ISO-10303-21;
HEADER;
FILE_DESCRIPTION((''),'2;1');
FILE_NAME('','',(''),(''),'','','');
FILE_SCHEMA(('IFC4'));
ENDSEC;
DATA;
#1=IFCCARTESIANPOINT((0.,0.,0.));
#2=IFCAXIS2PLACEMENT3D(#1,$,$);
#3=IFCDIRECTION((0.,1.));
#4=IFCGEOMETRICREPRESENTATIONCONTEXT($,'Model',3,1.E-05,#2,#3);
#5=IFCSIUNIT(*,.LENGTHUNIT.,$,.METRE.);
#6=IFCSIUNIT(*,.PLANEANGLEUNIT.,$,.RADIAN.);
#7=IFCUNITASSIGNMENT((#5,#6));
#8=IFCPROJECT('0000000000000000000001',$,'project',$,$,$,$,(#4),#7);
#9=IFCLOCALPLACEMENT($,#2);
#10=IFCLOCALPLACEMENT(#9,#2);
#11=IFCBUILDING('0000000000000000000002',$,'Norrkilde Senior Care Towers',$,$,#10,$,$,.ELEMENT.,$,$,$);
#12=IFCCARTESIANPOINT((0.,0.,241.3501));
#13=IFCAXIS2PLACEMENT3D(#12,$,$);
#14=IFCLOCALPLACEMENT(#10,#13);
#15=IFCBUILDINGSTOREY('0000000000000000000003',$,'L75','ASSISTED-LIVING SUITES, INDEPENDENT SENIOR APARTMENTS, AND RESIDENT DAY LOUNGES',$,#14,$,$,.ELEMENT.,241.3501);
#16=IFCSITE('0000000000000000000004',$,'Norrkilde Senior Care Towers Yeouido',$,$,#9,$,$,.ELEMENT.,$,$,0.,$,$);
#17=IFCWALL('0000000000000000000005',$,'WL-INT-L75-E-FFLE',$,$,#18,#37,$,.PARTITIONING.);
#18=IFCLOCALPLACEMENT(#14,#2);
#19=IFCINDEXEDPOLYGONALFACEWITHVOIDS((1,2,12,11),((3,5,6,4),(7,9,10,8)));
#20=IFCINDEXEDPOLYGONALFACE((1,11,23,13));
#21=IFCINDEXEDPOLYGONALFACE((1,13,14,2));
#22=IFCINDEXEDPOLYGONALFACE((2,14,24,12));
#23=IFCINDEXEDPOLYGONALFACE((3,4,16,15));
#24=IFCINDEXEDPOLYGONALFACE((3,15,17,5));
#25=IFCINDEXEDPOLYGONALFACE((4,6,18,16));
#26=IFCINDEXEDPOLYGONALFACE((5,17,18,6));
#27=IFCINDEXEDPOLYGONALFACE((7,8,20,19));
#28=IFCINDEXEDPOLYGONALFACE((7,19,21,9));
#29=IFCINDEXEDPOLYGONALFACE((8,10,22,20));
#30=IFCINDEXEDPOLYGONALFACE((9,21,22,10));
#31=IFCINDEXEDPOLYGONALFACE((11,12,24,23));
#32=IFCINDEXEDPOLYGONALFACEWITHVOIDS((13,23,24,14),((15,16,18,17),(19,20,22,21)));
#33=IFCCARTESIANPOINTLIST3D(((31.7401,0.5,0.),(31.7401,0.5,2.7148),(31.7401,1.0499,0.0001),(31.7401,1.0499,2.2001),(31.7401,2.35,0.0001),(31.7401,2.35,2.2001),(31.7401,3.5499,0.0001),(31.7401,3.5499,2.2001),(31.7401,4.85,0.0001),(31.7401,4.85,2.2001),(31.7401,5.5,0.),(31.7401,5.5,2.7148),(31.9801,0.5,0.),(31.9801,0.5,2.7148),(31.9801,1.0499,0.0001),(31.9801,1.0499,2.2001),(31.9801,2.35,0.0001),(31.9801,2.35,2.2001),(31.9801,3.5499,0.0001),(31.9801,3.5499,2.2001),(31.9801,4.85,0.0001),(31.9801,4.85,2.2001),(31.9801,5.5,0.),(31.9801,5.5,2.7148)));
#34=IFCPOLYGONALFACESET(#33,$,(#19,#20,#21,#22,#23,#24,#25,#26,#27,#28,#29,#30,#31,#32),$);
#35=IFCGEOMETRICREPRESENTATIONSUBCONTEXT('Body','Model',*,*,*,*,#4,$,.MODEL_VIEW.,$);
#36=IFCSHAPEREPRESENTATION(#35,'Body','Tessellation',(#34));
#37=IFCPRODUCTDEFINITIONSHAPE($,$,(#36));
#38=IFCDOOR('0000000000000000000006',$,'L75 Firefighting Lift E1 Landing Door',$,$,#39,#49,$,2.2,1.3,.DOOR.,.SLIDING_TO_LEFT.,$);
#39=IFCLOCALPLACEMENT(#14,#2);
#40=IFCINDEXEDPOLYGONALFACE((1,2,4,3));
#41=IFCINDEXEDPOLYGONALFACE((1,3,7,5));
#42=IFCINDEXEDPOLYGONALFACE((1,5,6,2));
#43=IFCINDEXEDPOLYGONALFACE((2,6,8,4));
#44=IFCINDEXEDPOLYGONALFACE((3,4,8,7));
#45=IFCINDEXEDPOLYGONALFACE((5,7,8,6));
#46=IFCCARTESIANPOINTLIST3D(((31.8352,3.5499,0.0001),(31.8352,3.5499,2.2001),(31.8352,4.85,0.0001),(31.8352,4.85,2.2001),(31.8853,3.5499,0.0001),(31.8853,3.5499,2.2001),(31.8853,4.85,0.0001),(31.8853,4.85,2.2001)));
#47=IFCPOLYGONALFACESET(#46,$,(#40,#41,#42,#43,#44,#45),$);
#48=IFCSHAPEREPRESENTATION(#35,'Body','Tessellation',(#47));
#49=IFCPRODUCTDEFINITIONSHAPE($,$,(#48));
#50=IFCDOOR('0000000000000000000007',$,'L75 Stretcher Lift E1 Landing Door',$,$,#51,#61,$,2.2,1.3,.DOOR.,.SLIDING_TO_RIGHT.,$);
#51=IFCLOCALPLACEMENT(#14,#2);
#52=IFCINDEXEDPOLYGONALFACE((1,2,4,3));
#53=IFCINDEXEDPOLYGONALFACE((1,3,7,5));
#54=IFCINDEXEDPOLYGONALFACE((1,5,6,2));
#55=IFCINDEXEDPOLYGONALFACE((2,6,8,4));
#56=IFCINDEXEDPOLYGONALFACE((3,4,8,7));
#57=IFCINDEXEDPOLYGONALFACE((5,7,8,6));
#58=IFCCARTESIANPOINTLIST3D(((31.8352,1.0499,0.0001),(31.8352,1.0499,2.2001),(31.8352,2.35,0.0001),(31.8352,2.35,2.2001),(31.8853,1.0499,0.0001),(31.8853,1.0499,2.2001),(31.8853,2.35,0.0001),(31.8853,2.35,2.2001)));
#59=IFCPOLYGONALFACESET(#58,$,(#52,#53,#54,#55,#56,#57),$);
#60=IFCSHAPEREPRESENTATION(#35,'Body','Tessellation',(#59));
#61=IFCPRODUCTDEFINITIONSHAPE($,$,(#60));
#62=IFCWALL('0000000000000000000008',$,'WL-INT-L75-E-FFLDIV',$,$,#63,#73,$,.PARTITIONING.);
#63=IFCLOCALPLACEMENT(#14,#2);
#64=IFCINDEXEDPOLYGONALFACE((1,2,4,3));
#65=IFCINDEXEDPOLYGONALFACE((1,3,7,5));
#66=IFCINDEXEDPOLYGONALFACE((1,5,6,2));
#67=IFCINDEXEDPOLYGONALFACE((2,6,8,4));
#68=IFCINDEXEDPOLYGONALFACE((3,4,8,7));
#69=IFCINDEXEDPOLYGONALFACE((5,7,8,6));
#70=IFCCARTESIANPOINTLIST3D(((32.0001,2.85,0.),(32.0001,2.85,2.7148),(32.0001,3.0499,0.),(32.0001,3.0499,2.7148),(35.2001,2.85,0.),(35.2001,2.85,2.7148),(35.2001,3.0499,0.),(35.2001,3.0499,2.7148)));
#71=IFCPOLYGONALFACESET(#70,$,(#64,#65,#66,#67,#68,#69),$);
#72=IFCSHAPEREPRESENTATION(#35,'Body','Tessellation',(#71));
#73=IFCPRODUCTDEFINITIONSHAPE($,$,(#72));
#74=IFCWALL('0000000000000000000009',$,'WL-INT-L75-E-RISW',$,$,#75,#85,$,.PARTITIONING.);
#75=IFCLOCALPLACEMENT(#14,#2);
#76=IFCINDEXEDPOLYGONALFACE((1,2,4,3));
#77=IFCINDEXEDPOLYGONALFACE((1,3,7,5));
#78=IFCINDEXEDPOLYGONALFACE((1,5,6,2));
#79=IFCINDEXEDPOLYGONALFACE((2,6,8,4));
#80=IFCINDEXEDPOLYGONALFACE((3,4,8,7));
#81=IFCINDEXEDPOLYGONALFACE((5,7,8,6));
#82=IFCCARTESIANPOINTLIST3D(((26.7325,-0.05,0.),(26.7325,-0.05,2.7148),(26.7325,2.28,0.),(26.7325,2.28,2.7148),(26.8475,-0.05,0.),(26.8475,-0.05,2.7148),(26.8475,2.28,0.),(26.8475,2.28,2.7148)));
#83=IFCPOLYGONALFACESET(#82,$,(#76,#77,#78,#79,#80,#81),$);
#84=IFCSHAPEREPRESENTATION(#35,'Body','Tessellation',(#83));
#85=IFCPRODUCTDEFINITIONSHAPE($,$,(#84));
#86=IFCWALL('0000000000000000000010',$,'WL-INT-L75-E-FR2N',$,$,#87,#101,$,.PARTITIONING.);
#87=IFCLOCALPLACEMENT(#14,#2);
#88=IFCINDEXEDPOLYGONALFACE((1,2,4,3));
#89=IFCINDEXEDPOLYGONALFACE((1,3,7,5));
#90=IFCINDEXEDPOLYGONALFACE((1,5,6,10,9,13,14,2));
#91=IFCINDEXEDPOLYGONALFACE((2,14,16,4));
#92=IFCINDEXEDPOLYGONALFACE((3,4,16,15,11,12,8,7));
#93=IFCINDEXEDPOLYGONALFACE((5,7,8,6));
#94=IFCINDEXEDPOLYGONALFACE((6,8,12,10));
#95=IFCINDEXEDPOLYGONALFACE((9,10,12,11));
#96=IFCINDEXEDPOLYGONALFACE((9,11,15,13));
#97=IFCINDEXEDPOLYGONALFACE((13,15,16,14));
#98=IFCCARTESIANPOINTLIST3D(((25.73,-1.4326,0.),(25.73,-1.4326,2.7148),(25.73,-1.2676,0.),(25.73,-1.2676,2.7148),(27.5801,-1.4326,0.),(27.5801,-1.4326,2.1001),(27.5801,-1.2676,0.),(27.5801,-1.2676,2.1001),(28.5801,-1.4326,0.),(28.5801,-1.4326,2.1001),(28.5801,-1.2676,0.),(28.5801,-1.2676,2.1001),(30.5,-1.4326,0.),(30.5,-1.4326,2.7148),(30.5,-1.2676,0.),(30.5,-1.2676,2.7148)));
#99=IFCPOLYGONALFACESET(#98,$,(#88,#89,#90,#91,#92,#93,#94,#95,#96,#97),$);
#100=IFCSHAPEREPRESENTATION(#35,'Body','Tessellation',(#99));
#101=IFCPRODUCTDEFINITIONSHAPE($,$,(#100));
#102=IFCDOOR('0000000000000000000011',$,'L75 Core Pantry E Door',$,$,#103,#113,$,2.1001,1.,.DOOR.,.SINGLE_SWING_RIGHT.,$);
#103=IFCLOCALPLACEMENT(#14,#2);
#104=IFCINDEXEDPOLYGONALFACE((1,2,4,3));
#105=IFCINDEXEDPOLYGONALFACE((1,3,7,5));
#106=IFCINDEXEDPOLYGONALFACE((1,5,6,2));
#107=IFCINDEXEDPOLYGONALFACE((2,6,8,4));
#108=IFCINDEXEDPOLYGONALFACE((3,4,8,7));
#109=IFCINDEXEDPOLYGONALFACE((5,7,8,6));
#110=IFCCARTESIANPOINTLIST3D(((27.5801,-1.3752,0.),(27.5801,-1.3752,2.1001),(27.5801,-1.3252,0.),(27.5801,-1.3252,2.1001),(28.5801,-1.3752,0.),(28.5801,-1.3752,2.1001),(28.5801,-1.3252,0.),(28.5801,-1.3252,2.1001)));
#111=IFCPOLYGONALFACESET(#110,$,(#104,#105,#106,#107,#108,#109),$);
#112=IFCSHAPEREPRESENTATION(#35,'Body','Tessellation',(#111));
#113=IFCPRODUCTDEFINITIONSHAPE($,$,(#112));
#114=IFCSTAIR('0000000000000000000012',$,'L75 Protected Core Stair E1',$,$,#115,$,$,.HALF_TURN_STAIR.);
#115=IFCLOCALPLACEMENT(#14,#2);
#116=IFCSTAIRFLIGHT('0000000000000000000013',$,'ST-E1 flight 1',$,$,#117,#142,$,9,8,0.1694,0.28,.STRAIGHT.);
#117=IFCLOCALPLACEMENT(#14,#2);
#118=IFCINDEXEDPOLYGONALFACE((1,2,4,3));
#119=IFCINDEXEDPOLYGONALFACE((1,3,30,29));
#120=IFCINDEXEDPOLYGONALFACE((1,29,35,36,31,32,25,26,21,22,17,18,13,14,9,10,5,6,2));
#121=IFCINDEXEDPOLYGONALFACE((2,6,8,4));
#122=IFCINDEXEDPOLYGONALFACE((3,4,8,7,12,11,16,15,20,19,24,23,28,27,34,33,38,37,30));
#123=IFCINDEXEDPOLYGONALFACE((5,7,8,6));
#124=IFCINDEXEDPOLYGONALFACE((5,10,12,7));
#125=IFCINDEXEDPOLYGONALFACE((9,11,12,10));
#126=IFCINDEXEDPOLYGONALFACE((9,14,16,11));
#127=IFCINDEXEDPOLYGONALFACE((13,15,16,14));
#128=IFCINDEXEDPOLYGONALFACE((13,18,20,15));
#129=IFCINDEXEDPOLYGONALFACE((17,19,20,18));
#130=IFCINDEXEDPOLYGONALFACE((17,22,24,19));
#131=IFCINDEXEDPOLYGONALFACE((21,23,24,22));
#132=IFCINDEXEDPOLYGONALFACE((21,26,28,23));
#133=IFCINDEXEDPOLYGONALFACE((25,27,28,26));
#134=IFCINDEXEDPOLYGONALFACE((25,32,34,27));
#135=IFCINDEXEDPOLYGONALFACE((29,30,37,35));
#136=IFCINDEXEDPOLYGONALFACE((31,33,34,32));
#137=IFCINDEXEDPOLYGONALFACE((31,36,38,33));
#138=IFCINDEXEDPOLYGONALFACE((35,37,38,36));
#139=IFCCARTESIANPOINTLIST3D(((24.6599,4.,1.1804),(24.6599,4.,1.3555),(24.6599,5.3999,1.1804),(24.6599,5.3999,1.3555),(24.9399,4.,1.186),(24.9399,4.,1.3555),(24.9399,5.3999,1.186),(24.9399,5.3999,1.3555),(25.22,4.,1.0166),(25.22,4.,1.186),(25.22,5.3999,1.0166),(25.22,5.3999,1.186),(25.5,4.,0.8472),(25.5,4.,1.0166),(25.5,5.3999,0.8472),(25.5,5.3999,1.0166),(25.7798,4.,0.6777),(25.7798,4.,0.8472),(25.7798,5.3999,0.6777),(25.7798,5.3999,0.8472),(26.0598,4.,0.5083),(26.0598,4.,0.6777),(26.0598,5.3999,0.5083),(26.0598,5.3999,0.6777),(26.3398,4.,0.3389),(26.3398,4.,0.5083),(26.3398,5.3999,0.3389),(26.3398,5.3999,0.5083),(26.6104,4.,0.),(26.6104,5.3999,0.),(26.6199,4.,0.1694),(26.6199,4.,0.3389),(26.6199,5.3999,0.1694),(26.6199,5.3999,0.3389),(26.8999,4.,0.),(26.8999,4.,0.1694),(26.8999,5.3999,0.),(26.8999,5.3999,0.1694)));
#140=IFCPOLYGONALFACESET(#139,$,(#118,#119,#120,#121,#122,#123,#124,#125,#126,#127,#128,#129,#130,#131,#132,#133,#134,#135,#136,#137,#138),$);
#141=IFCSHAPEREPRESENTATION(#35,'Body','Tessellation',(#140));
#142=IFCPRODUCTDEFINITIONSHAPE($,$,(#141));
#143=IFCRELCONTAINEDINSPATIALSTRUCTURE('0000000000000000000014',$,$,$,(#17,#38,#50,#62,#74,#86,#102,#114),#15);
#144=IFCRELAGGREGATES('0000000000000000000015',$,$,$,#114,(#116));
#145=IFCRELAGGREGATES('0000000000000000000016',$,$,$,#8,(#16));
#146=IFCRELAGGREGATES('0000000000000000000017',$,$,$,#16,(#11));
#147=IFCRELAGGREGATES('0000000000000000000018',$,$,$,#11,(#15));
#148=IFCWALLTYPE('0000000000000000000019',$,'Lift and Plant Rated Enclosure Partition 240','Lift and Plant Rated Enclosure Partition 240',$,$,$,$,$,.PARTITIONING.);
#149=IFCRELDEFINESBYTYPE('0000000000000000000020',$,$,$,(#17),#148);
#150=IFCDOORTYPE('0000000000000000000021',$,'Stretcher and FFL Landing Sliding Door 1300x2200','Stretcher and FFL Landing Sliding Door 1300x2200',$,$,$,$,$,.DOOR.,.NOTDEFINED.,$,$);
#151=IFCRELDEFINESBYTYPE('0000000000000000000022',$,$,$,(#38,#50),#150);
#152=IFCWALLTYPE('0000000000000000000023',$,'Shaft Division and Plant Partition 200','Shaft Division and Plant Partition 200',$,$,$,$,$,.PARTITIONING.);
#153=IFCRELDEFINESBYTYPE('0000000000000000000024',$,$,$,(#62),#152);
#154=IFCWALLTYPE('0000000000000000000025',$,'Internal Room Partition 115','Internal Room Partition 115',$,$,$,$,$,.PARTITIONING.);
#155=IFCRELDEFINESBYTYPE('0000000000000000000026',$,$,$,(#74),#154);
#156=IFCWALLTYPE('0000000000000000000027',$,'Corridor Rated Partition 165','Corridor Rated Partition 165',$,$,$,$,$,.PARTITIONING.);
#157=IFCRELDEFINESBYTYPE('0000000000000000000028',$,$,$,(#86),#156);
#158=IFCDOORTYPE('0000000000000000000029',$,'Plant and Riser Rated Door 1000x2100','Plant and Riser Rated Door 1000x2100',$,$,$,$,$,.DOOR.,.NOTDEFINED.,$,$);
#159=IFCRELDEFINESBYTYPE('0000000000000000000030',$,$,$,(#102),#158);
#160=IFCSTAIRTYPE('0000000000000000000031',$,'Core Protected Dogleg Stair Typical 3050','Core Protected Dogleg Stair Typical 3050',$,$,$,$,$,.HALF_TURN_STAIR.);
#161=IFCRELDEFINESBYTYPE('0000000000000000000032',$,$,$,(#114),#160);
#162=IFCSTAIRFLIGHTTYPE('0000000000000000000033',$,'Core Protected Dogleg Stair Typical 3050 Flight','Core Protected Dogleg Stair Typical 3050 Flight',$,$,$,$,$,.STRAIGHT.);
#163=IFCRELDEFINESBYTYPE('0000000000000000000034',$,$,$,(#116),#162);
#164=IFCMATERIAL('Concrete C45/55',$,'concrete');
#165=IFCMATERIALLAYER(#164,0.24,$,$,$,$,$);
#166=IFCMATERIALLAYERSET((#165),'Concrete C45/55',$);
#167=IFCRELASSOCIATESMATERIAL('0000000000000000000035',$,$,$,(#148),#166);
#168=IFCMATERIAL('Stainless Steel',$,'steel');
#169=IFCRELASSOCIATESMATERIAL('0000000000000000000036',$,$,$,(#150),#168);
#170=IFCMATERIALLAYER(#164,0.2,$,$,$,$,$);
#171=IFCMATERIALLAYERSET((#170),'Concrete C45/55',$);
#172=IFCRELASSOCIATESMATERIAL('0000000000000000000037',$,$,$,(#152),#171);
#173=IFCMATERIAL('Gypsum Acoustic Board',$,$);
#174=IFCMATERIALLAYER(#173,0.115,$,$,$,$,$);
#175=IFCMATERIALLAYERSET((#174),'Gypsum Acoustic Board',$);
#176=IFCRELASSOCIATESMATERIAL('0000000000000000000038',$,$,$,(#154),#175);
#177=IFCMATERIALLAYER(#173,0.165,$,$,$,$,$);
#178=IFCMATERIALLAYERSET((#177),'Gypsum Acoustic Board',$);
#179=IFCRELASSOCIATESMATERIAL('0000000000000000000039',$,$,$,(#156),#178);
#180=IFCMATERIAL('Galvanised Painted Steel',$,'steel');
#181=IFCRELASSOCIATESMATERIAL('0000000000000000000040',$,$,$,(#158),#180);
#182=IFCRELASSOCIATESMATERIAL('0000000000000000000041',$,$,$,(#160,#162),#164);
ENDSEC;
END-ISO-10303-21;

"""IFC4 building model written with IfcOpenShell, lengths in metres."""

from ifc_helpers import new_model, si_unit, direction, frame, frame_2d, origin, place, context, subcontext, project, spatial, polyline, rectangle, outline, extrude, source, transform, mapped, material, layer, layer_set, type_object, type_shapes, element, fill, aggregate, save


model = new_model("IFC4")

# Units and contexts
model_context = context("Model", 3, precision=1e-05, world=origin(), true_north=direction((0.0, 1.0)))
body_context = subcontext(model_context, "Body", "Model", "MODEL_VIEW")
ifc_project = project(units=[si_unit("LENGTHUNIT", "METRE"), si_unit("PLANEANGLEUNIT", "RADIAN")], contexts=[model_context])

# Site, building, storey
site_placement = place(None, origin())
site = spatial("IfcSite", under=ifc_project, at=site_placement, Name="Norrkilde Senior Care Towers Yeouido", CompositionType="ELEMENT", RefElevation=0.0)
building_placement = place(site_placement, origin())
building = spatial("IfcBuilding", under=site, at=building_placement, Name="Norrkilde Senior Care Towers", CompositionType="ELEMENT")
storey_placement = place(building_placement, frame((0.0, 0.0, 241.3501)))
storey = spatial("IfcBuildingStorey", under=building, at=storey_placement, Name="L75", Description="ASSISTED-LIVING SUITES, INDEPENDENT SENIOR APARTMENTS, AND RESIDENT DAY LOUNGES", CompositionType="ELEMENT", Elevation=241.3501)

# Wall, openings, doors
ifc_material_1 = material(Name="Concrete C45/55", Category="concrete")
ifc_layer_1 = layer(ifc_material_1, 0.24)
ifc_layer_set_1 = layer_set([ifc_layer_1], Name="Concrete C45/55")
wall_type_1 = type_object("IfcWallType", Name="Lift and Plant Rated Enclosure Partition 240", Description="Lift and Plant Rated Enclosure Partition 240", PredefinedType="PARTITIONING", material=ifc_layer_set_1)
shared_shape_1 = source(origin(), body_context, "Body", "SweptSolid", [
    extrude(rectangle(XDim=5.0, YDim=0.24, at=frame_2d((2.5, 0.0))), origin(), (0.0, 0.0, 1.0), 2.7148),
])
type_shapes(wall_type_1, [shared_shape_1])
wall_1_placement = place(storey_placement, frame((31.8601, 0.5, 0.0), z_axis=(0.0, 0.0, 1.0), x_axis=(0.0, 1.0, 0.0)))
wall_1 = element("IfcWall", 1, at=wall_1_placement, inside=storey, type_object=wall_type_1, Name="WL-INT-L75-E-FFLE", PredefinedType="PARTITIONING", context=body_context, shape_type="MappedRepresentation", body=[
    mapped(shared_shape_1, transform((0.0, 0.0, 0.0), x_axis=(1.0, 0.0, 0.0), y_axis=(0.0, 1.0, 0.0), z_axis=(0.0, 0.0, 1.0), scale=1.0)),
])
opening_1_placement = place(wall_1_placement, frame((3.05, 0.0, 0.0)))
opening_1 = element("IfcOpeningElement", 2, at=opening_1_placement, cuts=wall_1, PredefinedType="OPENING", context=body_context, shape_type="SweptSolid", body=[
    extrude(rectangle(XDim=1.3, YDim=2.2, at=frame_2d((0.6499, 1.1001))), frame((0.0, 0.1299, 0.0), z_axis=(0.0, -1.0, 0.0), x_axis=(1.0, 0.0, 0.0)), (0.0, 0.0, 1.0), 0.26),
])
opening_2_placement = place(wall_1_placement, frame((0.55, 0.0, 0.0)))
opening_2 = element("IfcOpeningElement", 3, at=opening_2_placement, cuts=wall_1, PredefinedType="OPENING", context=body_context, shape_type="SweptSolid", body=[
    extrude(rectangle(XDim=1.3, YDim=2.2, at=frame_2d((0.6499, 1.1001))), frame((0.0, 0.1299, 0.0), z_axis=(0.0, -1.0, 0.0), x_axis=(1.0, 0.0, 0.0)), (0.0, 0.0, 1.0), 0.26),
])
ifc_material_2 = material(Name="Stainless Steel", Category="steel")
door_type_1 = type_object("IfcDoorType", Name="Stretcher and FFL Landing Sliding Door 1300x2200", Description="Stretcher and FFL Landing Sliding Door 1300x2200", OperationType="NOTDEFINED", PredefinedType="DOOR", material=ifc_material_2)
shared_shape_2 = source(origin(), body_context, "Body", "SweptSolid", [
    extrude(rectangle(XDim=1.3, YDim=2.2, at=frame_2d((0.6499, 1.1001))), frame((0.0, 0.0249, 0.0), z_axis=(0.0, -1.0, 0.0), x_axis=(1.0, 0.0, 0.0)), (0.0, 0.0, 1.0), 0.05),
])
type_shapes(door_type_1, [shared_shape_2])
door_1_placement = place(opening_1_placement, origin())
door_1 = element("IfcDoor", 4, at=door_1_placement, inside=storey, type_object=door_type_1, Name="L75 Firefighting Lift E1 Landing Door", OperationType="SLIDING_TO_LEFT", OverallHeight=2.2, OverallWidth=1.3, PredefinedType="DOOR", context=body_context, shape_type="MappedRepresentation", body=[
    mapped(shared_shape_2, transform((0.0, 0.0, 0.0), x_axis=(1.0, 0.0, 0.0), y_axis=(0.0, 1.0, 0.0), z_axis=(0.0, 0.0, 1.0), scale=1.0)),
])
fill(opening_1, door_1)
door_2_placement = place(opening_2_placement, origin())
door_2 = element("IfcDoor", 5, at=door_2_placement, inside=storey, type_object=door_type_1, Name="L75 Stretcher Lift E1 Landing Door", OperationType="SLIDING_TO_RIGHT", OverallHeight=2.2, OverallWidth=1.3, PredefinedType="DOOR", context=body_context, shape_type="MappedRepresentation", body=[
    mapped(shared_shape_2, transform((0.0, 0.0, 0.0), x_axis=(1.0, 0.0, 0.0), y_axis=(0.0, 1.0, 0.0), z_axis=(0.0, 0.0, 1.0), scale=1.0)),
])
fill(opening_2, door_2)

# Wall
ifc_layer_2 = layer(ifc_material_1, 0.2)
ifc_layer_set_2 = layer_set([ifc_layer_2], Name="Concrete C45/55")
wall_type_2 = type_object("IfcWallType", Name="Shaft Division and Plant Partition 200", Description="Shaft Division and Plant Partition 200", PredefinedType="PARTITIONING", material=ifc_layer_set_2)
shared_shape_3 = source(origin(), body_context, "Body", "SweptSolid", [
    extrude(rectangle(XDim=3.2, YDim=0.2, at=frame_2d((1.6001, 0.0))), origin(), (0.0, 0.0, 1.0), 2.7148),
])
type_shapes(wall_type_2, [shared_shape_3])
wall_2_placement = place(storey_placement, frame((32.0, 2.95, 0.0), z_axis=(0.0, 0.0, 1.0), x_axis=(1.0, 0.0, 0.0)))
element("IfcWall", 6, at=wall_2_placement, inside=storey, type_object=wall_type_2, Name="WL-INT-L75-E-FFLDIV", PredefinedType="PARTITIONING", context=body_context, shape_type="MappedRepresentation", body=[
    mapped(shared_shape_3, transform((0.0, 0.0, 0.0), x_axis=(1.0, 0.0, 0.0), y_axis=(0.0, 1.0, 0.0), z_axis=(0.0, 0.0, 1.0), scale=1.0)),
])

# Shared definitions
ifc_material_3 = material(Name="Galvanised Painted Steel", Category="steel")

# Wall
ifc_material_4 = material(Name="Gypsum Acoustic Board")
ifc_layer_3 = layer(ifc_material_4, 0.115)
ifc_layer_set_3 = layer_set([ifc_layer_3], Name="Gypsum Acoustic Board")
wall_type_3 = type_object("IfcWallType", Name="Internal Room Partition 115", Description="Internal Room Partition 115", PredefinedType="PARTITIONING", material=ifc_layer_set_3)
shared_shape_4 = source(origin(), body_context, "Body", "SweptSolid", [
    extrude(rectangle(XDim=2.3301, YDim=0.115, at=frame_2d((1.165, 0.0))), origin(), (0.0, 0.0, 1.0), 2.7148),
])
type_shapes(wall_type_3, [shared_shape_4])
wall_3_placement = place(storey_placement, frame((26.79, -0.05, 0.0), z_axis=(0.0, 0.0, 1.0), x_axis=(0.0, 1.0, 0.0)))
element("IfcWall", 7, at=wall_3_placement, inside=storey, type_object=wall_type_3, Name="WL-INT-L75-E-RISW", PredefinedType="PARTITIONING", context=body_context, shape_type="MappedRepresentation", body=[
    mapped(shared_shape_4, transform((0.0, 0.0, 0.0), x_axis=(1.0, 0.0, 0.0), y_axis=(0.0, 1.0, 0.0), z_axis=(0.0, 0.0, 1.0), scale=1.0)),
])

# Wall, opening, door
ifc_layer_4 = layer(ifc_material_4, 0.165)
ifc_layer_set_4 = layer_set([ifc_layer_4], Name="Gypsum Acoustic Board")
wall_type_4 = type_object("IfcWallType", Name="Corridor Rated Partition 165", Description="Corridor Rated Partition 165", PredefinedType="PARTITIONING", material=ifc_layer_set_4)
shared_shape_5 = source(origin(), body_context, "Body", "SweptSolid", [
    extrude(rectangle(XDim=4.77, YDim=0.165, at=frame_2d((2.385, 0.0))), origin(), (0.0, 0.0, 1.0), 2.7148),
])
type_shapes(wall_type_4, [shared_shape_5])
wall_4_placement = place(storey_placement, frame((25.73, -1.3501, 0.0), z_axis=(0.0, 0.0, 1.0), x_axis=(1.0, 0.0, 0.0)))
wall_4 = element("IfcWall", 8, at=wall_4_placement, inside=storey, type_object=wall_type_4, Name="WL-INT-L75-E-FR2N", PredefinedType="PARTITIONING", context=body_context, shape_type="MappedRepresentation", body=[
    mapped(shared_shape_5, transform((0.0, 0.0, 0.0), x_axis=(1.0, 0.0, 0.0), y_axis=(0.0, 1.0, 0.0), z_axis=(0.0, 0.0, 1.0), scale=1.0)),
])
opening_3_placement = place(wall_4_placement, frame((1.8501, 0.0, 0.0)))
opening_3 = element("IfcOpeningElement", 9, at=opening_3_placement, cuts=wall_4, PredefinedType="OPENING", context=body_context, shape_type="SweptSolid", body=[
    extrude(rectangle(XDim=1.0, YDim=2.1001, at=frame_2d((0.5, 1.05))), frame((0.0, 0.0925, 0.0), z_axis=(0.0, -1.0, 0.0), x_axis=(1.0, 0.0, 0.0)), (0.0, 0.0, 1.0), 0.1851),
])
door_type_2 = type_object("IfcDoorType", Name="Plant and Riser Rated Door 1000x2100", Description="Plant and Riser Rated Door 1000x2100", OperationType="NOTDEFINED", PredefinedType="DOOR", material=ifc_material_3)
shared_shape_6 = source(origin(), body_context, "Body", "SweptSolid", [
    extrude(rectangle(XDim=1.0, YDim=2.1001, at=frame_2d((0.5, 1.05))), frame((0.0, 0.0249, 0.0), z_axis=(0.0, -1.0, 0.0), x_axis=(1.0, 0.0, 0.0)), (0.0, 0.0, 1.0), 0.05),
])
type_shapes(door_type_2, [shared_shape_6])
door_3_placement = place(opening_3_placement, origin())
door_3 = element("IfcDoor", 10, at=door_3_placement, inside=storey, type_object=door_type_2, Name="L75 Core Pantry E Door", OperationType="SINGLE_SWING_RIGHT", OverallHeight=2.1001, OverallWidth=1.0, PredefinedType="DOOR", context=body_context, shape_type="MappedRepresentation", body=[
    mapped(shared_shape_6, transform((0.0, 0.0, 0.0), x_axis=(1.0, 0.0, 0.0), y_axis=(0.0, 1.0, 0.0), z_axis=(0.0, 0.0, 1.0), scale=1.0)),
])
fill(opening_3, door_3)

# Stair, stair flight
stair_type = type_object("IfcStairType", Name="Core Protected Dogleg Stair Typical 3050", Description="Core Protected Dogleg Stair Typical 3050", PredefinedType="HALF_TURN_STAIR", material=ifc_material_1)
stair_placement = place(storey_placement, origin())
stair = element("IfcStair", 11, at=stair_placement, inside=storey, type_object=stair_type, Name="L75 Protected Core Stair E1", PredefinedType="HALF_TURN_STAIR")
stair_flight_type = type_object("IfcStairFlightType", Name="Core Protected Dogleg Stair Typical 3050 Flight", Description="Core Protected Dogleg Stair Typical 3050 Flight", PredefinedType="STRAIGHT", material=ifc_material_1)
stair_flight_1_placement = place(storey_placement, frame((26.8999, 4.7, 0.0), z_axis=(0.0, 0.0, 1.0), x_axis=(-1.0, 0.0, 0.0)))
stair_flight_1 = element("IfcStairFlight", 12, at=stair_flight_1_placement, type_object=stair_flight_type, Name="ST-E1 flight 1", NumberOfRisers=9, NumberOfTreads=8, PredefinedType="STRAIGHT", RiserHeight=0.1694, TreadLength=0.28, context=body_context, shape_type="SweptSolid", body=[
    extrude(outline(polyline([(0.0, 0.0), (0.0, 0.1694), (0.28, 0.1694), (0.28, 0.3389), (0.5601, 0.3389), (0.5601, 0.5083), (0.8401, 0.5083), (0.8401, 0.6777), (1.1201, 0.6777), (1.1201, 0.8472), (1.3999, 0.8472), (1.3999, 1.0166), (1.6799, 1.0166), (1.6799, 1.186), (1.96, 1.186), (1.96, 1.3555), (2.24, 1.3555), (2.24, 1.5249), (2.24, 1.1804), (0.2896, 0.0), (0.0, 0.0)])), frame((0.0, 0.7, 0.0), z_axis=(0.0, -1.0, 0.0), x_axis=(1.0, 0.0, 0.0)), (0.0, 0.0, 1.0), 1.3999),
])
aggregate(stair, [stair_flight_1])

save(model, "model.ifc")
